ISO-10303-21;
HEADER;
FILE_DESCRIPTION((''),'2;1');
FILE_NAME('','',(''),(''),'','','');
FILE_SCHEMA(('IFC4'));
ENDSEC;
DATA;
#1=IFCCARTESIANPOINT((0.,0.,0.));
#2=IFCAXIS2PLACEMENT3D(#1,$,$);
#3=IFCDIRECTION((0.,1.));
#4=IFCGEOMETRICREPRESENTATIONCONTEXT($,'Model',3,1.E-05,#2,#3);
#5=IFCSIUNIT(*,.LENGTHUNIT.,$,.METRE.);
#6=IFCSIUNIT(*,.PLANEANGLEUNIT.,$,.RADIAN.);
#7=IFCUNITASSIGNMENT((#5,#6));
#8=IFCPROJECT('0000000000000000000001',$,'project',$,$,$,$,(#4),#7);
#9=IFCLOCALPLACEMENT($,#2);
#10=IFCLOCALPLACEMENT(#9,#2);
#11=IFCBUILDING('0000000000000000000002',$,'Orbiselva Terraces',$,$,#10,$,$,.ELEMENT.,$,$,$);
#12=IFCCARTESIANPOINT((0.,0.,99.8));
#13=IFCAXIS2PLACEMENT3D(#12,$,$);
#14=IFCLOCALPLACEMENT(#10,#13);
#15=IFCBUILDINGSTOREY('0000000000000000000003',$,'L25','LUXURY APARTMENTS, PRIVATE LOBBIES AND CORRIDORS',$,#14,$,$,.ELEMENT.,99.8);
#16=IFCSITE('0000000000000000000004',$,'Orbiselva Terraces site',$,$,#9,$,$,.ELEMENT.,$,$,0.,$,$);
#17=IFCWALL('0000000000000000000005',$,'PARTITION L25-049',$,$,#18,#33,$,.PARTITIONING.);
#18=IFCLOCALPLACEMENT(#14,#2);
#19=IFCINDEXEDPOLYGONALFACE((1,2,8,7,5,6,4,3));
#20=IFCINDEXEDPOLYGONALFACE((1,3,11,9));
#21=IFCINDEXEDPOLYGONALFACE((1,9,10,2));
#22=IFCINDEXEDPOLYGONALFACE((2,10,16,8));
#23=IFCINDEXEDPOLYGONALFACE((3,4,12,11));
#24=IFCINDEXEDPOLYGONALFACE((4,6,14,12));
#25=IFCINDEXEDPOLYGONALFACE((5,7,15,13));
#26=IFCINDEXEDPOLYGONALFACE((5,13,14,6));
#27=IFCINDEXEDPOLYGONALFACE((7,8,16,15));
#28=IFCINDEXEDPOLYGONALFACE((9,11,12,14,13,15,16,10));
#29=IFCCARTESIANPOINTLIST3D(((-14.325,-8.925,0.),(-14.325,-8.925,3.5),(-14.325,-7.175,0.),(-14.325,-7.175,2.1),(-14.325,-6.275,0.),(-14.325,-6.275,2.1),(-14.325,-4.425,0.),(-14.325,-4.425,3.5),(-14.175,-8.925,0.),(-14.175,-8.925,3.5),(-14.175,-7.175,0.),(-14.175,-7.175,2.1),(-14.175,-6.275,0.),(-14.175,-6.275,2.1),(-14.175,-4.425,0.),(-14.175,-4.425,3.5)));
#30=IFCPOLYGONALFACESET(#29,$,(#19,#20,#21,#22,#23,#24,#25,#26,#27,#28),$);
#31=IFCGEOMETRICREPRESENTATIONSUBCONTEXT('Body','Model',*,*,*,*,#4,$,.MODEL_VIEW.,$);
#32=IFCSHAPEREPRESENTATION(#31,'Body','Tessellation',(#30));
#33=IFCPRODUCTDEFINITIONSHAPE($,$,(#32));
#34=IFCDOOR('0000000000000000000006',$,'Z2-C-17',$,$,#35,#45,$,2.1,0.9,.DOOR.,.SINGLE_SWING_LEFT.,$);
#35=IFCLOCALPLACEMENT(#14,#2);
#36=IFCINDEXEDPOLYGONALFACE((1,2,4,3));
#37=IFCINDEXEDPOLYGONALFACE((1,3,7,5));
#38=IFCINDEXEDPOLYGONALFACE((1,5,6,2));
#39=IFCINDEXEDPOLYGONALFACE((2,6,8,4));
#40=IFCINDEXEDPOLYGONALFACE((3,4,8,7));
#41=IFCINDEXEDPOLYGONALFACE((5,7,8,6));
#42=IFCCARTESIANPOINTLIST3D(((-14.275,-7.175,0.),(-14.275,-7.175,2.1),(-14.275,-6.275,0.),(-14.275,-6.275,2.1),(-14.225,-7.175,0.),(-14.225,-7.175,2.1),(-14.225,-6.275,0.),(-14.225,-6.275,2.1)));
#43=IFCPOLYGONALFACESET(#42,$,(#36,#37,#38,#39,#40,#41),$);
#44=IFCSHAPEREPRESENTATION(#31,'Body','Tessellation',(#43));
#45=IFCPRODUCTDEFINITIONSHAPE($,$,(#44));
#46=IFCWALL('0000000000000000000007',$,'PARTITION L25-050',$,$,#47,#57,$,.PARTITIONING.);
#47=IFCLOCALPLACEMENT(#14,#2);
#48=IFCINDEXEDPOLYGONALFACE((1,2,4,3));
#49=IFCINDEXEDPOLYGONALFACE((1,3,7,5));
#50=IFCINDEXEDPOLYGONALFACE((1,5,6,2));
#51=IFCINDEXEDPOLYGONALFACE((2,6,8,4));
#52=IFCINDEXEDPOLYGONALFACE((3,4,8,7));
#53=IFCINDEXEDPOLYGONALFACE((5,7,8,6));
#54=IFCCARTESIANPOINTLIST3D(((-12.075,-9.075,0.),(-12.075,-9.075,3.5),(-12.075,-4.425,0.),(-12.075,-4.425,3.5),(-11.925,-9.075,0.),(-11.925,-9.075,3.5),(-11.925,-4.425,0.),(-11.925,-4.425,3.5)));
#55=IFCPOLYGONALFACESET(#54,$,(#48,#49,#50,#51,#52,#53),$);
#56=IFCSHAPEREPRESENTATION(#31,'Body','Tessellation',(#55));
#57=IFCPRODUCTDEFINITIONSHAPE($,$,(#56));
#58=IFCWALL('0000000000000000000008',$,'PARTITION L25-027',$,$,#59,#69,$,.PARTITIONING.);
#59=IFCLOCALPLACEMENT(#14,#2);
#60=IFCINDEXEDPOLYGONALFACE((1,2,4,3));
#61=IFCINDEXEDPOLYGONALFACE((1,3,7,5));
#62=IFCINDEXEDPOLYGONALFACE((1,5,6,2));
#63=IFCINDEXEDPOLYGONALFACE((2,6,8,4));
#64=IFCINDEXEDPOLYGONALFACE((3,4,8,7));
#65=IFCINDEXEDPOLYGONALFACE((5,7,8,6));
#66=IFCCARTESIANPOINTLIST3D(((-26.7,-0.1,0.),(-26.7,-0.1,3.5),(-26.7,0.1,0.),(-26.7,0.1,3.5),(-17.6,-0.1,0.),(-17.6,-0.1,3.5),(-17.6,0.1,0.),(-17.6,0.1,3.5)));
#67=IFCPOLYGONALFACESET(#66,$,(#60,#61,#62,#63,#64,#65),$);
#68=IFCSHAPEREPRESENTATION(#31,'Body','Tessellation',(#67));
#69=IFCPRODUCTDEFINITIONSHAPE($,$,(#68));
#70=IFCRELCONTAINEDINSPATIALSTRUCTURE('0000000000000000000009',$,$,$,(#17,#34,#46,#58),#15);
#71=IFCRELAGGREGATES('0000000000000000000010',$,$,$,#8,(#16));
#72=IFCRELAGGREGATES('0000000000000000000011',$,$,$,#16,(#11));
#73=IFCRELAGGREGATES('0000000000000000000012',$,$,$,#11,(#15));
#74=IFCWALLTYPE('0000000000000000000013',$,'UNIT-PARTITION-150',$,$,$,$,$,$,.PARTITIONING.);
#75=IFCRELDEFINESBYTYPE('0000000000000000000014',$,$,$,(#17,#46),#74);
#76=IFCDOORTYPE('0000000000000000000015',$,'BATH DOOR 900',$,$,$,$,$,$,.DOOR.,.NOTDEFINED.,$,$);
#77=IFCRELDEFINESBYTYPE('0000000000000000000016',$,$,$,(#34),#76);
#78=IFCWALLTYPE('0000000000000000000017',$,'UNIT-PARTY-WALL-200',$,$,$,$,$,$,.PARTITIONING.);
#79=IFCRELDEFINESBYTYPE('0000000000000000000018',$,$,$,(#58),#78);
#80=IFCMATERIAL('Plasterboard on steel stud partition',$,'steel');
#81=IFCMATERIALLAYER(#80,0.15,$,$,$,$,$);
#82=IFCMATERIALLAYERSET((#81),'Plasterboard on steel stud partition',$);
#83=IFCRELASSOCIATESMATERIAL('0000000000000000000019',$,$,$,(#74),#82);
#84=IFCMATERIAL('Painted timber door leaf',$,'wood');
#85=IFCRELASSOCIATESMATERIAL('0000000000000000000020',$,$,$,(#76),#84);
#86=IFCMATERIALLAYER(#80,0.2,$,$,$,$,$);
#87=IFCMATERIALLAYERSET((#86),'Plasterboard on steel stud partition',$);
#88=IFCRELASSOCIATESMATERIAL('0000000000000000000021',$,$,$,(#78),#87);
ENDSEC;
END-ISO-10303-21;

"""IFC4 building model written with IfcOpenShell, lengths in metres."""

from ifc_helpers import new_model, si_unit, direction, frame, frame_2d, origin, place, context, subcontext, project, spatial, rectangle, extrude, material, layer, layer_set, type_object, element, fill, save


model = new_model("IFC4")

# Units and contexts
model_context = context("Model", 3, precision=1e-05, world=origin(), true_north=direction((0.0, 1.0)))
body_context = subcontext(model_context, "Body", "Model", "MODEL_VIEW")
ifc_project = project(units=[si_unit("LENGTHUNIT", "METRE"), si_unit("PLANEANGLEUNIT", "RADIAN")], contexts=[model_context])

# Site, building, storey
site_placement = place(None, origin())
site = spatial("IfcSite", under=ifc_project, at=site_placement, Name="Orbiselva Terraces site", CompositionType="ELEMENT", RefElevation=0.0)
building_placement = place(site_placement, origin())
building = spatial("IfcBuilding", under=site, at=building_placement, Name="Orbiselva Terraces", CompositionType="ELEMENT")
storey_placement = place(building_placement, frame((0.0, 0.0, 99.8)))
storey = spatial("IfcBuildingStorey", under=building, at=storey_placement, Name="L25", Description="LUXURY APARTMENTS, PRIVATE LOBBIES AND CORRIDORS", CompositionType="ELEMENT", Elevation=99.8)

# Shared definitions
ifc_material_1 = material(Name="Plasterboard on steel stud partition", Category="steel")

# Shared definitions
ifc_layer_1 = layer(ifc_material_1, 0.15)
ifc_layer_set_1 = layer_set([ifc_layer_1], Name="Plasterboard on steel stud partition")
wall_type_1 = type_object("IfcWallType", Name="UNIT-PARTITION-150", PredefinedType="PARTITIONING", material=ifc_layer_set_1)
ifc_material_2 = material(Name="Painted timber door leaf", Category="wood")

# Wall, opening, door
wall_1_placement = place(storey_placement, frame((-14.25, -8.925, 0.0), z_axis=(0.0, 0.0, 1.0), x_axis=(0.0, 1.0, 0.0)))
wall_1 = element("IfcWall", 1, at=wall_1_placement, inside=storey, type_object=wall_type_1, Name="PARTITION L25-049", PredefinedType="PARTITIONING", context=body_context, shape_type="SweptSolid", body=[
    extrude(rectangle(XDim=4.5, YDim=0.15, at=frame_2d((2.25, 0.0))), origin(), (0.0, 0.0, 1.0), 3.5),
])
opening_1_placement = place(wall_1_placement, frame((1.75, 0.0, 0.0)))
opening_1 = element("IfcOpeningElement", 2, at=opening_1_placement, cuts=wall_1, PredefinedType="OPENING", context=body_context, shape_type="SweptSolid", body=[
    extrude(rectangle(XDim=0.9, YDim=2.1, at=frame_2d((0.45, 1.05))), frame((0.0, 0.085, 0.0), z_axis=(0.0, -1.0, 0.0), x_axis=(1.0, 0.0, 0.0)), (0.0, 0.0, 1.0), 0.17),
])
door_type_1 = type_object("IfcDoorType", Name="BATH DOOR 900", OperationType="NOTDEFINED", PredefinedType="DOOR", material=ifc_material_2)
door_1_placement = place(opening_1_placement, origin())
door_1 = element("IfcDoor", 3, at=door_1_placement, inside=storey, type_object=door_type_1, Name="Z2-C-17", OperationType="SINGLE_SWING_LEFT", OverallHeight=2.1, OverallWidth=0.9, PredefinedType="DOOR", context=body_context, shape_type="SweptSolid", body=[
    extrude(rectangle(XDim=0.9, YDim=2.1, at=frame_2d((0.45, 1.05))), frame((0.0, 0.025, 0.0), z_axis=(0.0, -1.0, 0.0), x_axis=(1.0, 0.0, 0.0)), (0.0, 0.0, 1.0), 0.05),
])
fill(opening_1, door_1)

# Walls
wall_2_placement = place(storey_placement, frame((-12.0, -9.075, 0.0), z_axis=(0.0, 0.0, 1.0), x_axis=(0.0, 1.0, 0.0)))
element("IfcWall", 4, at=wall_2_placement, inside=storey, type_object=wall_type_1, Name="PARTITION L25-050", PredefinedType="PARTITIONING", context=body_context, shape_type="SweptSolid", body=[
    extrude(rectangle(XDim=4.65, YDim=0.15, at=frame_2d((2.325, 0.0))), origin(), (0.0, 0.0, 1.0), 3.5),
])
ifc_layer_2 = layer(ifc_material_1, 0.2)
ifc_layer_set_2 = layer_set([ifc_layer_2], Name="Plasterboard on steel stud partition")
wall_type_2 = type_object("IfcWallType", Name="UNIT-PARTY-WALL-200", PredefinedType="PARTITIONING", material=ifc_layer_set_2)
wall_3_placement = place(storey_placement, frame((-26.7, 0.0, 0.0), z_axis=(0.0, 0.0, 1.0), x_axis=(1.0, 0.0, 0.0)))
element("IfcWall", 5, at=wall_3_placement, inside=storey, type_object=wall_type_2, Name="PARTITION L25-027", PredefinedType="PARTITIONING", context=body_context, shape_type="SweptSolid", body=[
    extrude(rectangle(XDim=9.1, YDim=0.2, at=frame_2d((4.55, 0.0))), origin(), (0.0, 0.0, 1.0), 3.5),
])

save(model, "model.ifc")
